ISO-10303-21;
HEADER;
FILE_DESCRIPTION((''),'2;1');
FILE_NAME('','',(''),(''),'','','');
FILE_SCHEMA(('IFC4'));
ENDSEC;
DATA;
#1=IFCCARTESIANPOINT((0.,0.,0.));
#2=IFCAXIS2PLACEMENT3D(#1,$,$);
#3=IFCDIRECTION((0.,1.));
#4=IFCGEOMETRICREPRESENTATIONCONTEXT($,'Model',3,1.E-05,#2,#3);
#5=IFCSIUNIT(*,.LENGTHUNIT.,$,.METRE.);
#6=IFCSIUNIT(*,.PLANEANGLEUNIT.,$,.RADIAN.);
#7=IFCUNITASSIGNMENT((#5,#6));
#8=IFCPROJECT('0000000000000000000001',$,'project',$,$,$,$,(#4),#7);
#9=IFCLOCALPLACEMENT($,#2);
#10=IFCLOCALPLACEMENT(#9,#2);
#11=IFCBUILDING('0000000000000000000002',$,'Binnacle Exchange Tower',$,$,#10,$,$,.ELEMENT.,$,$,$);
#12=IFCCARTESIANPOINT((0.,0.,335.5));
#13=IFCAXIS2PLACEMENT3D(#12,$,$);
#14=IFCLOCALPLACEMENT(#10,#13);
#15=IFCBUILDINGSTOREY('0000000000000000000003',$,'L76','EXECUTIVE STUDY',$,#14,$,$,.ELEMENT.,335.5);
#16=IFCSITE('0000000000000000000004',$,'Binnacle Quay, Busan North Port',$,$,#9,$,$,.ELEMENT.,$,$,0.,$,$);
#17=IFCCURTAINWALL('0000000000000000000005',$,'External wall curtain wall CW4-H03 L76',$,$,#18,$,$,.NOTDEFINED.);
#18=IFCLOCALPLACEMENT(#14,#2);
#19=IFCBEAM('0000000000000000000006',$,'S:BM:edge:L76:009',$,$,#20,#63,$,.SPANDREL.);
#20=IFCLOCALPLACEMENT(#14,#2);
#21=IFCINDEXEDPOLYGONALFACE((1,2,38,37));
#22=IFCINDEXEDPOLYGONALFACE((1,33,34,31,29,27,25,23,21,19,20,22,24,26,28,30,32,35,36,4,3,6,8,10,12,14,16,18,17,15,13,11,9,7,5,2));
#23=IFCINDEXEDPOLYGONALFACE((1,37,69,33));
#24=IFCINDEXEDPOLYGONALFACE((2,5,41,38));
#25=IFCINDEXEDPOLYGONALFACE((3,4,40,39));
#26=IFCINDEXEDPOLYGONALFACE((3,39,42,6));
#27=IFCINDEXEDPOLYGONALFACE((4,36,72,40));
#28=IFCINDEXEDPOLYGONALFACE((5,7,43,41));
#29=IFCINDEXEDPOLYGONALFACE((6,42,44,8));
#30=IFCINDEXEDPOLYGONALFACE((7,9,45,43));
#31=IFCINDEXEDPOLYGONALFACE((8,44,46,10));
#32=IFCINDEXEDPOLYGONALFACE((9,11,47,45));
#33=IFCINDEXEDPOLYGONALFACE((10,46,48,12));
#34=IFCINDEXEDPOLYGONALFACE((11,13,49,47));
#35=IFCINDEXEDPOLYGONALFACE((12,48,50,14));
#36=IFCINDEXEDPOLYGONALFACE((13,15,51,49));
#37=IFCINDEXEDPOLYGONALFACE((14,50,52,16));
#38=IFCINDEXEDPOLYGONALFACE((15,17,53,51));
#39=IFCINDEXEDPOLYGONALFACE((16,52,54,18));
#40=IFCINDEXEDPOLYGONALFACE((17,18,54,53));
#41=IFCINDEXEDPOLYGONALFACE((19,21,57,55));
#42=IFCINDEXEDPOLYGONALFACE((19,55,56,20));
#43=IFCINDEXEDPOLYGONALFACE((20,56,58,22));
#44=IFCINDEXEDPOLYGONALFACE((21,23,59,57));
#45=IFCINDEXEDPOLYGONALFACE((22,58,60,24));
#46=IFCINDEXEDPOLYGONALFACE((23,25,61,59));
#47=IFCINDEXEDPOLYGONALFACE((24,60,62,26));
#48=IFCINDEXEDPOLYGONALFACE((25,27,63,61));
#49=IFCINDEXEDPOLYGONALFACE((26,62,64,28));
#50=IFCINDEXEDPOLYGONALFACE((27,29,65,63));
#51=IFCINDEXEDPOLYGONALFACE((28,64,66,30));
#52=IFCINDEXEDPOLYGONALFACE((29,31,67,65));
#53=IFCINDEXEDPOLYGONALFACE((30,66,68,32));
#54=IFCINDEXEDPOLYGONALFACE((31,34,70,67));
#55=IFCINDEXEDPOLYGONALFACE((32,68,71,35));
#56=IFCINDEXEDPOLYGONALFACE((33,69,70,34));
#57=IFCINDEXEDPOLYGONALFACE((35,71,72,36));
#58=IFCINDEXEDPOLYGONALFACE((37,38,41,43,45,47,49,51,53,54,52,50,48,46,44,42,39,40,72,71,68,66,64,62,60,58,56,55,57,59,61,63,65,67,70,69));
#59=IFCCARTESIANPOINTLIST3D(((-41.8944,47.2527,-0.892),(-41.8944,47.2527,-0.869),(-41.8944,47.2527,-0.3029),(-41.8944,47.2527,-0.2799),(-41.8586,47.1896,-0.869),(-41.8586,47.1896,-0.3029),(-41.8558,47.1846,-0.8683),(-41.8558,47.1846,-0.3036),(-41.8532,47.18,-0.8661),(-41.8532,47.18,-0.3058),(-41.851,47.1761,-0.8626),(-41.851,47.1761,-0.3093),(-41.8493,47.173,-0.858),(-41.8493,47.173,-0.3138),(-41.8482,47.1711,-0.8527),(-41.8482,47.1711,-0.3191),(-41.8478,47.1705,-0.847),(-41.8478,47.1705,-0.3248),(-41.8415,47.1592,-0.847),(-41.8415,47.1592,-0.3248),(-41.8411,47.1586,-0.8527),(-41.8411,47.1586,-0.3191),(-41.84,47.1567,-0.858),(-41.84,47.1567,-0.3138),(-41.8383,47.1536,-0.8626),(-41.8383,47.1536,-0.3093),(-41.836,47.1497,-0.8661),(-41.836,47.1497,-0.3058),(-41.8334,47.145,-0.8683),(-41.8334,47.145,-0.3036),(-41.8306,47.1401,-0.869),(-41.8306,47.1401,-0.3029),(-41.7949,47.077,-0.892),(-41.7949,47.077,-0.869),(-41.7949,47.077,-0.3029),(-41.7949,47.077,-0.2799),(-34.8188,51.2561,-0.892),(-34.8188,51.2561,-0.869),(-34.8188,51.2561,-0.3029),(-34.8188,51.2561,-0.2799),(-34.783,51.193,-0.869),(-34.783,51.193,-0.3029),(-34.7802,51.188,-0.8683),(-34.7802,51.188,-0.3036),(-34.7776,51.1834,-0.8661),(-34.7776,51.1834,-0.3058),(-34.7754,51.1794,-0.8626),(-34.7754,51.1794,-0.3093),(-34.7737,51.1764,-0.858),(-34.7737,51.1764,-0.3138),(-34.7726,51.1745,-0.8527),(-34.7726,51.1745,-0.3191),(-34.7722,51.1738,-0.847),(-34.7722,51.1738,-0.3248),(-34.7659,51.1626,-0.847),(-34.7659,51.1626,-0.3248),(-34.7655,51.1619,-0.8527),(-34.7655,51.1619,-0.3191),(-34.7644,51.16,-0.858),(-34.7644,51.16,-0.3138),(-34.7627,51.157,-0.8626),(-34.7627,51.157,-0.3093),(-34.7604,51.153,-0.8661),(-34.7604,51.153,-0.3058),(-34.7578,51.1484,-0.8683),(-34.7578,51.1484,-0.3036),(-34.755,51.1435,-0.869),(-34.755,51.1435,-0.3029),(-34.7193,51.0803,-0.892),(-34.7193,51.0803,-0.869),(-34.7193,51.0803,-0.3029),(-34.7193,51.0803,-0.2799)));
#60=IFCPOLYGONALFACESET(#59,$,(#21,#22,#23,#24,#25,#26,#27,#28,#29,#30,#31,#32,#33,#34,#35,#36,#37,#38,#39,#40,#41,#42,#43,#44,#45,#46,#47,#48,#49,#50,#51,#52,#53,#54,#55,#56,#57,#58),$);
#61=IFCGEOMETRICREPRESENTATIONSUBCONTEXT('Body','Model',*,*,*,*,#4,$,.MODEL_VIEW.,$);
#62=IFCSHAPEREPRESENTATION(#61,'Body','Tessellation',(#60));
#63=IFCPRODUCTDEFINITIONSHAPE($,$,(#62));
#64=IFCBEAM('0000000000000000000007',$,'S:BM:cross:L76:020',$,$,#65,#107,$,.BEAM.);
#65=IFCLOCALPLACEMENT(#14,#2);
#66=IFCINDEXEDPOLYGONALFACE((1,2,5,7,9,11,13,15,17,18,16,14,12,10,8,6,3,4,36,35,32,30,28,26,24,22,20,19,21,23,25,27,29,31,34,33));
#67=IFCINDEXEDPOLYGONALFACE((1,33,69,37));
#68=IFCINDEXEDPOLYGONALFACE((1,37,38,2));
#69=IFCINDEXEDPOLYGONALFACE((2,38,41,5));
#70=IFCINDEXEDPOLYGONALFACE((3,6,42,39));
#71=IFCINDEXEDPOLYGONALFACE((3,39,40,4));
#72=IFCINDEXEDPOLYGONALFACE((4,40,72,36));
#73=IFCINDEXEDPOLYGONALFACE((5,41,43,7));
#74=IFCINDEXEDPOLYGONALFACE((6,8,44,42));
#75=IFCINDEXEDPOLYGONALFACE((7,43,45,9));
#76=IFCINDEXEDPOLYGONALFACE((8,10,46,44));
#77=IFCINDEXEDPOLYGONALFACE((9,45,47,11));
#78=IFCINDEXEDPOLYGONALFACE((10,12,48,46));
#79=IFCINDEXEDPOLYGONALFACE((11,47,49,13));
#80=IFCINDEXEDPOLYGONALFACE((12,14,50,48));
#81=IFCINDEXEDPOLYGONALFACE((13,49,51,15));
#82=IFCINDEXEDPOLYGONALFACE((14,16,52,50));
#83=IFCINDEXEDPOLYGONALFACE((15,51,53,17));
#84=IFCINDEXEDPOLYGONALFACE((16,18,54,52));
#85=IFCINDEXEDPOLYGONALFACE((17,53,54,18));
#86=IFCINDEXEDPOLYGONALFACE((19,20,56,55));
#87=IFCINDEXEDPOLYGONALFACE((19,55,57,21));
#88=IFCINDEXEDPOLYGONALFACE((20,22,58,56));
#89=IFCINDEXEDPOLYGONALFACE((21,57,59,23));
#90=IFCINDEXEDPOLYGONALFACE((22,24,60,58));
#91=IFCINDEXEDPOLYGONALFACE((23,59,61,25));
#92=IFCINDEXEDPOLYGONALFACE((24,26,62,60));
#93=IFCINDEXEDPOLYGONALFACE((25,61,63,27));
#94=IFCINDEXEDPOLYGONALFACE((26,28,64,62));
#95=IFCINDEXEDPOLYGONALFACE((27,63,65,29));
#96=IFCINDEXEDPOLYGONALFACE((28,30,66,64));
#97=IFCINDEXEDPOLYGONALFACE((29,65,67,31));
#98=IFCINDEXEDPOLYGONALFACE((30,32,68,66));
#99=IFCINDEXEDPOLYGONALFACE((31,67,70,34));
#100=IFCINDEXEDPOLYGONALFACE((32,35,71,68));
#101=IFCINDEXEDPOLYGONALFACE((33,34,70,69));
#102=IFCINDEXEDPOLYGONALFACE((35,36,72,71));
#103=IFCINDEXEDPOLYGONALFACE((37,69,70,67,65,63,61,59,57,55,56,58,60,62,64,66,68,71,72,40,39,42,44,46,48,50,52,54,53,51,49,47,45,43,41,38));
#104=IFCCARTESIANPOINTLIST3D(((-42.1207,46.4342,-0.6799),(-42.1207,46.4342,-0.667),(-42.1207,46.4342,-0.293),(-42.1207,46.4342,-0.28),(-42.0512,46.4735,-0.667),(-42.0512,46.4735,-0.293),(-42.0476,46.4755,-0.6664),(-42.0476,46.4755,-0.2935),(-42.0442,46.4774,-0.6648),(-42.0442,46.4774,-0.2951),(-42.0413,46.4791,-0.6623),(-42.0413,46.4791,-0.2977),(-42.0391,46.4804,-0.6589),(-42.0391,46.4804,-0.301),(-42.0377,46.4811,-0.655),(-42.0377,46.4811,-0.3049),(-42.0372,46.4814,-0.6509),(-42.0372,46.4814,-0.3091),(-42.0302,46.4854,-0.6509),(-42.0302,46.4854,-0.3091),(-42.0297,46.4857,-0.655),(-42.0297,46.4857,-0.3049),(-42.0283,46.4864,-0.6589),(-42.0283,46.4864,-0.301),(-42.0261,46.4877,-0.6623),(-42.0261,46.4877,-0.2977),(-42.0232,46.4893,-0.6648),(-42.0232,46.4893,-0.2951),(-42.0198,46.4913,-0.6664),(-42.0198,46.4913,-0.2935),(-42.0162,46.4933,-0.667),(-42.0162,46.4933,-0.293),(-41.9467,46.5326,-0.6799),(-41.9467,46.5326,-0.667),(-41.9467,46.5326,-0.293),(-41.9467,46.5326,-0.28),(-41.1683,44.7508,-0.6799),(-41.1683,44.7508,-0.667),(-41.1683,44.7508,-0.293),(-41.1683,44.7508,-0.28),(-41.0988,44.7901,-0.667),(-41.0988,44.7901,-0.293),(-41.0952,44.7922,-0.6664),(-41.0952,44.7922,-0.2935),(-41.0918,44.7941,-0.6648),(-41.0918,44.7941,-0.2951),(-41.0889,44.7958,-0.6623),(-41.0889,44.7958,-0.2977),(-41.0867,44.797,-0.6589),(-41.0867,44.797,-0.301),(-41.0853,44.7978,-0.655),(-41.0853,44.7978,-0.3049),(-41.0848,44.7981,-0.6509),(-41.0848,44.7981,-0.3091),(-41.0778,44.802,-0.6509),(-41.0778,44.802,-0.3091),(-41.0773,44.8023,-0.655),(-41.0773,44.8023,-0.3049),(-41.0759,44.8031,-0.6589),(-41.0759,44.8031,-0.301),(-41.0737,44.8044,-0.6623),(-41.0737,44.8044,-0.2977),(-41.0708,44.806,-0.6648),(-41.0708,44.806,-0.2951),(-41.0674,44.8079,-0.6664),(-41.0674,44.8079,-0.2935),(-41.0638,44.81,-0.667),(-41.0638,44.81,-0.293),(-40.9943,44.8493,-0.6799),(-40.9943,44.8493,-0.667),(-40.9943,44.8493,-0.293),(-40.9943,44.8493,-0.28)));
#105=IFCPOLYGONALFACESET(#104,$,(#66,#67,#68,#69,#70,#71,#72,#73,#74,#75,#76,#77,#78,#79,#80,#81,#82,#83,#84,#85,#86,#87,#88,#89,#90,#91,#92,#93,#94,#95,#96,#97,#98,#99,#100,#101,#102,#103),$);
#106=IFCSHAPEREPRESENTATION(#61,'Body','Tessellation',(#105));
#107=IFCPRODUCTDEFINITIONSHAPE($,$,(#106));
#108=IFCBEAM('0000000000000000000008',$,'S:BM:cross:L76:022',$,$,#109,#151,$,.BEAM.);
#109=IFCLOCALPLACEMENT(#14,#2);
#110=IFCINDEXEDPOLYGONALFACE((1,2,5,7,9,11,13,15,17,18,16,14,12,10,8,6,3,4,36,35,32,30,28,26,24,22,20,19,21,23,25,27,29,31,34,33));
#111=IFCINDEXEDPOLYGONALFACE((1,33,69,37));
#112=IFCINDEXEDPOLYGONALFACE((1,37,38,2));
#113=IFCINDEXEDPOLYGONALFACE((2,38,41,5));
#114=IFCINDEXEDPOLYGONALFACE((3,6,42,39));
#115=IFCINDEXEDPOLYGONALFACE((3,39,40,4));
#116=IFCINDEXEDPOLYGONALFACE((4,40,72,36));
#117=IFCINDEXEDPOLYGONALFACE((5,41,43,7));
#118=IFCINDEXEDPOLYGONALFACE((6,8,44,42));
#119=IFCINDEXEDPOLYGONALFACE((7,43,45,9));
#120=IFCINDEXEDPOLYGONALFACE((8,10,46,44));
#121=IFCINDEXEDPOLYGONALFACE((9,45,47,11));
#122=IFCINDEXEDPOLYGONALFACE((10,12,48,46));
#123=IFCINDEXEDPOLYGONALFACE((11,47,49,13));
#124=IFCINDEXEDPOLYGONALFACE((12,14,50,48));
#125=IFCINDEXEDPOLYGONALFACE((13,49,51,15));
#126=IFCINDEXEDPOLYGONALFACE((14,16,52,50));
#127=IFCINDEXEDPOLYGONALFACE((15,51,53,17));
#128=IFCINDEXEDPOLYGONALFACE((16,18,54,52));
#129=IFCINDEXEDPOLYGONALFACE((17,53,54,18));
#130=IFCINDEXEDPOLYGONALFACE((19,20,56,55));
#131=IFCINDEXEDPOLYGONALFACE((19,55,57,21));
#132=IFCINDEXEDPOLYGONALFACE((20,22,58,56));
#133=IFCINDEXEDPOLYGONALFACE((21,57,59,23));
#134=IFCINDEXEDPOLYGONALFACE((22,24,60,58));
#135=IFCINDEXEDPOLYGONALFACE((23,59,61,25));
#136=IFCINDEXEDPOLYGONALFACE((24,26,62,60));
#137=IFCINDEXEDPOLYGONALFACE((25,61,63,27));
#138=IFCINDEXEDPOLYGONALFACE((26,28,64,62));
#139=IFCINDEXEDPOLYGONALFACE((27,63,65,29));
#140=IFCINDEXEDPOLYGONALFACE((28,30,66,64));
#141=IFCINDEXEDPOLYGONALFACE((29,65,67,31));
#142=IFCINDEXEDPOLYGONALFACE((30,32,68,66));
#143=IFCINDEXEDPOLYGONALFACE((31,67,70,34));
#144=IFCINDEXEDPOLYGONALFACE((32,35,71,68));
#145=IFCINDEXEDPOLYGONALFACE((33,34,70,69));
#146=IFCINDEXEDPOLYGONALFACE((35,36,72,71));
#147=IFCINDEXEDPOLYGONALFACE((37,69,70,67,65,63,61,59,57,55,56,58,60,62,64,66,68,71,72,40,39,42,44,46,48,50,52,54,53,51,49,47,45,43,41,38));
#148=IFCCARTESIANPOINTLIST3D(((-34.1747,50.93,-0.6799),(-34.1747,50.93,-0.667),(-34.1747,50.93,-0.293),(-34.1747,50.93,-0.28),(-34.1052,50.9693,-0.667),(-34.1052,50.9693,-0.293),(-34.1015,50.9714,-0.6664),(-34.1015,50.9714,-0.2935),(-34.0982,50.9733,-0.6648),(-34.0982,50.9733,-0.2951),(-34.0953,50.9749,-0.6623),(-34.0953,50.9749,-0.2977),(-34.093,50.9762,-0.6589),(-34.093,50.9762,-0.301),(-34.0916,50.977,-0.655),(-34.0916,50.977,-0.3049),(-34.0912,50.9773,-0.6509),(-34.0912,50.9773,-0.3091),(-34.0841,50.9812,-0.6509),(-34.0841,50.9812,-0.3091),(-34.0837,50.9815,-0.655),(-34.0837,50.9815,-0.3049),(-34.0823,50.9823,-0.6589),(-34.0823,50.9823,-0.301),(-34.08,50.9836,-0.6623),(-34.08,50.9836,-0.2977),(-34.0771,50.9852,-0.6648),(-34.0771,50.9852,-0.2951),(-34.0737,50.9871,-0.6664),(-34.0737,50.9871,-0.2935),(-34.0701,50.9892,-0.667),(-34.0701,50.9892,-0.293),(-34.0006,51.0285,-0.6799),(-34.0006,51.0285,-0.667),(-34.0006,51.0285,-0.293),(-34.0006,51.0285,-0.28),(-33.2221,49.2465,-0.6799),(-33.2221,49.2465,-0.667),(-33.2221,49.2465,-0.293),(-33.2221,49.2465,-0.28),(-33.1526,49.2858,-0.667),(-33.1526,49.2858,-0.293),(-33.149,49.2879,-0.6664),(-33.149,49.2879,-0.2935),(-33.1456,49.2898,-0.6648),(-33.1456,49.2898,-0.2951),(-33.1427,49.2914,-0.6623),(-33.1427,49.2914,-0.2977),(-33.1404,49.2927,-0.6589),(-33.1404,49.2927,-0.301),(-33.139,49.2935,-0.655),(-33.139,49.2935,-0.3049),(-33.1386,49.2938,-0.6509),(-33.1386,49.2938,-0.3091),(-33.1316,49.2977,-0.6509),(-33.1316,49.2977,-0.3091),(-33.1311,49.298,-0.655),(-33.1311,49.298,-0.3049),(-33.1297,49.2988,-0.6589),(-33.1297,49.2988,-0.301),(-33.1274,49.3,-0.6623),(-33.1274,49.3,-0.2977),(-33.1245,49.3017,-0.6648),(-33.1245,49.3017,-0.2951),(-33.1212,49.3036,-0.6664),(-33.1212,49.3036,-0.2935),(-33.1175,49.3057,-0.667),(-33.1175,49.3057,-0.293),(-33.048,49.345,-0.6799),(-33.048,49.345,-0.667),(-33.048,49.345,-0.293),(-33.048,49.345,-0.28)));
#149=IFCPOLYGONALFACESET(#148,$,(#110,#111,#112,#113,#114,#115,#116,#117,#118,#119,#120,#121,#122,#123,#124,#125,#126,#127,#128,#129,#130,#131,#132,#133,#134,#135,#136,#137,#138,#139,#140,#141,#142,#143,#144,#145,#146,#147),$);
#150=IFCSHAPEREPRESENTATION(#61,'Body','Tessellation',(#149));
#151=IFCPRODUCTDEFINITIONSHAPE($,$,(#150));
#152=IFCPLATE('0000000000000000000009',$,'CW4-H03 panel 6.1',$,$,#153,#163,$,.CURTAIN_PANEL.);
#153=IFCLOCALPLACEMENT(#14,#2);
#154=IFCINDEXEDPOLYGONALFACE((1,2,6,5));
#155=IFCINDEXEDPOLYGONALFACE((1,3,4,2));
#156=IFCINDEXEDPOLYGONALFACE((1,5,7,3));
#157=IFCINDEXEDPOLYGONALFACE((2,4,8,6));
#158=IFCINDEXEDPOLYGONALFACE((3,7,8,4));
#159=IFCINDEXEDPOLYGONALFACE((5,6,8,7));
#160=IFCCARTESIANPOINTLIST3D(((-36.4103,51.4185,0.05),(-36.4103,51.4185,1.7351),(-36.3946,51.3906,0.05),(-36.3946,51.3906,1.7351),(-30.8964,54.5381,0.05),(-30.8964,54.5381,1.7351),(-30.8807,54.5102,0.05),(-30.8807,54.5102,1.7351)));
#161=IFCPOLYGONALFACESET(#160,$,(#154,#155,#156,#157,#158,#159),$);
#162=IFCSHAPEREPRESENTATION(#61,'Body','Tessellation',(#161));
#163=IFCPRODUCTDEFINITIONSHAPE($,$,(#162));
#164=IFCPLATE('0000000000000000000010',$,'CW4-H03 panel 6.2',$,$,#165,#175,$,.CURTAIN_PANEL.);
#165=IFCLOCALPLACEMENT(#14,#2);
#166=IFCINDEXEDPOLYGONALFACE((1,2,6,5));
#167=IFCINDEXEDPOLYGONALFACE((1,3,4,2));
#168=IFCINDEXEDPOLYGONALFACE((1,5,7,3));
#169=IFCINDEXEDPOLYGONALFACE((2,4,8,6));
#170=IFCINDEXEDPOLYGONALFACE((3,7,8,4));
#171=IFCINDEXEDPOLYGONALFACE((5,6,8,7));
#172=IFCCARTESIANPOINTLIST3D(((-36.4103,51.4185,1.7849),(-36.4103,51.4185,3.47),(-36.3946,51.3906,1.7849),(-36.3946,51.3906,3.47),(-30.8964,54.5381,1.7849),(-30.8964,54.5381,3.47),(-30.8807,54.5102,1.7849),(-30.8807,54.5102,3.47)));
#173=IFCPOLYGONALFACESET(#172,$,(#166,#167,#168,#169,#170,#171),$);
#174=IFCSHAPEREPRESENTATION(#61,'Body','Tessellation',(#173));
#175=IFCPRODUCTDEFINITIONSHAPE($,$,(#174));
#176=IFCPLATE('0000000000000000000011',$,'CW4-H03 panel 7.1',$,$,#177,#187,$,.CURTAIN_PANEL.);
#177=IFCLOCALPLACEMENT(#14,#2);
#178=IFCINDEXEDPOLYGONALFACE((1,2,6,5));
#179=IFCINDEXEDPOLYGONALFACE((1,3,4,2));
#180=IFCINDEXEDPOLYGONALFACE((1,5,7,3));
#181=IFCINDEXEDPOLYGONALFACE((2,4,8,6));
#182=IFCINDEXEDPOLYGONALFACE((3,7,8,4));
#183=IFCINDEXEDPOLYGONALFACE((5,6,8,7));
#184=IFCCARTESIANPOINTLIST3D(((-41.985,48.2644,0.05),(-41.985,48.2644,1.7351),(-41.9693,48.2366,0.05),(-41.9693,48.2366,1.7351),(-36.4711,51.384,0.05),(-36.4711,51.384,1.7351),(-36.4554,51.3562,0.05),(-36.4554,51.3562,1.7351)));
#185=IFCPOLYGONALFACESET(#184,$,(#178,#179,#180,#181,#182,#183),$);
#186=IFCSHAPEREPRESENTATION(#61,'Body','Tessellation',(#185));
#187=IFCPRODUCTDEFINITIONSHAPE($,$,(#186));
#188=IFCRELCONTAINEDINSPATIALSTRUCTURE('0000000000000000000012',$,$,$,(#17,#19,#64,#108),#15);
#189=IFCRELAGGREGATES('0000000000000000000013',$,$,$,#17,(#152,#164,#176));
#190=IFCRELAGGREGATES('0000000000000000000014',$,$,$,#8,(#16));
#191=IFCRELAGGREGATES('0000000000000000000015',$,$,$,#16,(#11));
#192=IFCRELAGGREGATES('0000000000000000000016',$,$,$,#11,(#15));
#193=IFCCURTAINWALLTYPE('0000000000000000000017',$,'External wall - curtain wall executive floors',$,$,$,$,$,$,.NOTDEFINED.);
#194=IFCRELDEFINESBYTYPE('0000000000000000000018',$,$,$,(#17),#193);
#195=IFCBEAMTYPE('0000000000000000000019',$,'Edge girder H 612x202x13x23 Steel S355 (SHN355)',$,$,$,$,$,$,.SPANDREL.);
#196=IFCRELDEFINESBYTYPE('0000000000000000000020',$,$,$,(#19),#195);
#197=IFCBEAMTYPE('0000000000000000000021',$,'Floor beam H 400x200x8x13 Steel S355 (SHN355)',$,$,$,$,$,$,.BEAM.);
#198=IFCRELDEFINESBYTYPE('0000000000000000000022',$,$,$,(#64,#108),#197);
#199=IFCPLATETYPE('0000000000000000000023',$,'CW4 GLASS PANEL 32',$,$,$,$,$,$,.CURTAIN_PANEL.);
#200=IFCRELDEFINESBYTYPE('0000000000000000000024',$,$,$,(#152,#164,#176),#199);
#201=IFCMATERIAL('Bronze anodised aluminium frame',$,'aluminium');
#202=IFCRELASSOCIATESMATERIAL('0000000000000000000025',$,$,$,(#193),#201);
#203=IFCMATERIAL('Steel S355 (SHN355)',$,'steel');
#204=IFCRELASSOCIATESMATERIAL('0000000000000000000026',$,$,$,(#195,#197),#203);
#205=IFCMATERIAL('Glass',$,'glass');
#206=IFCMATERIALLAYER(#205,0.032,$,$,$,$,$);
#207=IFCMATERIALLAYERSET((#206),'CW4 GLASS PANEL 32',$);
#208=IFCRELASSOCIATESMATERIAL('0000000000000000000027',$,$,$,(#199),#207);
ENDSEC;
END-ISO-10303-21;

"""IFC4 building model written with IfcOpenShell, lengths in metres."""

from ifc_helpers import new_model, si_unit, direction, frame, origin, origin_2d, place, context, subcontext, project, spatial, rectangle, i_section, extrude, material, layer, layer_set, material_profile, profile_set, type_object, element, aggregate, save


model = new_model("IFC4")

# Units and contexts
model_context = context("Model", 3, precision=1e-05, world=origin(), true_north=direction((0.0, 1.0)))
body_context = subcontext(model_context, "Body", "Model", "MODEL_VIEW")
ifc_project = project(units=[si_unit("LENGTHUNIT", "METRE"), si_unit("PLANEANGLEUNIT", "RADIAN")], contexts=[model_context])

# Site, building, storey
site_placement = place(None, origin())
site = spatial("IfcSite", under=ifc_project, at=site_placement, Name="Binnacle Quay, Busan North Port", CompositionType="ELEMENT", RefElevation=0.0)
building_placement = place(site_placement, origin())
building = spatial("IfcBuilding", under=site, at=building_placement, Name="Binnacle Exchange Tower", CompositionType="ELEMENT")
storey_placement = place(building_placement, frame((0.0, 0.0, 335.5)))
storey = spatial("IfcBuildingStorey", under=building, at=storey_placement, Name="L76", Description="EXECUTIVE STUDY", CompositionType="ELEMENT", Elevation=335.5)

# Curtain wall
ifc_material_1 = material(Name="Bronze anodised aluminium frame", Category="aluminium")
curtain_wall_type = type_object("IfcCurtainWallType", Name="External wall - curtain wall executive floors", PredefinedType="NOTDEFINED", material=ifc_material_1)
curtain_wall_placement = place(storey_placement, origin())
curtain_wall = element("IfcCurtainWall", 1, at=curtain_wall_placement, inside=storey, type_object=curtain_wall_type, Name="External wall curtain wall CW4-H03 L76", PredefinedType="NOTDEFINED")

# Beams
ifc_material_2 = material(Name="Steel S355 (SHN355)", Category="steel")
ifc_material_profile_1 = material_profile(ifc_material_2, i_section(OverallWidth=0.2019, OverallDepth=0.6121, WebThickness=0.0129, FlangeThickness=0.0229, FilletRadius=0.022, at=origin_2d()), Name="H 612x202x13x23")
ifc_profile_set_1 = profile_set([ifc_material_profile_1], Name="Steel S355 (SHN355)")
beam_type_1 = type_object("IfcBeamType", Name="Edge girder H 612x202x13x23 Steel S355 (SHN355)", PredefinedType="SPANDREL", material=ifc_profile_set_1)
beam_1_placement = place(storey_placement, frame((-34.769, 51.1682, -0.5859), z_axis=(-0.870346, -0.492441, 0.0), x_axis=(0.492441, -0.870346, 0.0)))
element("IfcBeam", 2, at=beam_1_placement, inside=storey, type_object=beam_type_1, Name="S:BM:edge:L76:009", PredefinedType="SPANDREL", context=body_context, shape_type="SweptSolid", body=[
    extrude(i_section(OverallWidth=0.2019, OverallDepth=0.6121, WebThickness=0.0129, FlangeThickness=0.0229, FilletRadius=0.022, at=origin_2d()), origin(), (0.0, 0.0, 1.0), 8.1296),
])
ifc_material_profile_2 = material_profile(ifc_material_2, i_section(OverallWidth=0.2, OverallDepth=0.3999, WebThickness=0.0081, FlangeThickness=0.0129, FilletRadius=0.0161, at=origin_2d()), Name="H 400x200x8x13")
ifc_profile_set_2 = profile_set([ifc_material_profile_2], Name="Steel S355 (SHN355)")
beam_type_2 = type_object("IfcBeamType", Name="Floor beam H 400x200x8x13 Steel S355 (SHN355)", PredefinedType="BEAM", material=ifc_profile_set_2)
beam_2_placement = place(storey_placement, frame((-42.0337, 46.4834, -0.48), z_axis=(0.492423, -0.870356, 0.0), x_axis=(0.870356, 0.492423, 0.0)))
element("IfcBeam", 3, at=beam_2_placement, inside=storey, type_object=beam_type_2, Name="S:BM:cross:L76:020", PredefinedType="BEAM", context=body_context, shape_type="SweptSolid", body=[
    extrude(i_section(OverallWidth=0.2, OverallDepth=0.3999, WebThickness=0.0081, FlangeThickness=0.0129, FilletRadius=0.0161, at=origin_2d()), origin(), (0.0, 0.0, 1.0), 1.9341),
])
beam_3_placement = place(storey_placement, frame((-34.0876, 50.9792, -0.48), z_axis=(0.492465, -0.870332, 0.0), x_axis=(0.870332, 0.492465, 0.0)))
element("IfcBeam", 4, at=beam_3_placement, inside=storey, type_object=beam_type_2, Name="S:BM:cross:L76:022", PredefinedType="BEAM", context=body_context, shape_type="SweptSolid", body=[
    extrude(i_section(OverallWidth=0.2, OverallDepth=0.3999, WebThickness=0.0081, FlangeThickness=0.0129, FilletRadius=0.0161, at=origin_2d()), origin(), (0.0, 0.0, 1.0), 1.9343),
])

# Plates
ifc_material_3 = material(Name="Glass", Category="glass")
ifc_layer_1 = layer(ifc_material_3, 0.032)
ifc_layer_set_1 = layer_set([ifc_layer_1], Name="CW4 GLASS PANEL 32")
plate_type = type_object("IfcPlateType", Name="CW4 GLASS PANEL 32", PredefinedType="CURTAIN_PANEL", material=ifc_layer_set_1)
plate_1_placement = place(storey_placement, frame((-33.6455, 52.9644, 0.05), z_axis=(0.0, 0.0, 1.0), x_axis=(-0.870356, -0.492424, 0.0)))
plate_1 = element("IfcPlate", 5, at=plate_1_placement, type_object=plate_type, Name="CW4-H03 panel 6.1", PredefinedType="CURTAIN_PANEL", context=body_context, shape_type="SweptSolid", body=[
    extrude(rectangle(XDim=6.3352, YDim=0.032, at=origin_2d()), origin(), (0.0, 0.0, 1.0), 1.6851),
])
plate_2_placement = place(storey_placement, frame((-33.6455, 52.9644, 1.7849), z_axis=(0.0, 0.0, 1.0), x_axis=(-0.870356, -0.492424, 0.0)))
plate_2 = element("IfcPlate", 6, at=plate_2_placement, type_object=plate_type, Name="CW4-H03 panel 6.2", PredefinedType="CURTAIN_PANEL", context=body_context, shape_type="SweptSolid", body=[
    extrude(rectangle(XDim=6.3352, YDim=0.032, at=origin_2d()), origin(), (0.0, 0.0, 1.0), 1.6851),
])
plate_3_placement = place(storey_placement, frame((-39.2202, 49.8103, 0.05), z_axis=(0.0, 0.0, 1.0), x_axis=(-0.870356, -0.492424, 0.0)))
plate_3 = element("IfcPlate", 7, at=plate_3_placement, type_object=plate_type, Name="CW4-H03 panel 7.1", PredefinedType="CURTAIN_PANEL", context=body_context, shape_type="SweptSolid", body=[
    extrude(rectangle(XDim=6.3352, YDim=0.032, at=origin_2d()), origin(), (0.0, 0.0, 1.0), 1.6851),
])
aggregate(curtain_wall, [plate_1, plate_2, plate_3])

save(model, "model.ifc")
